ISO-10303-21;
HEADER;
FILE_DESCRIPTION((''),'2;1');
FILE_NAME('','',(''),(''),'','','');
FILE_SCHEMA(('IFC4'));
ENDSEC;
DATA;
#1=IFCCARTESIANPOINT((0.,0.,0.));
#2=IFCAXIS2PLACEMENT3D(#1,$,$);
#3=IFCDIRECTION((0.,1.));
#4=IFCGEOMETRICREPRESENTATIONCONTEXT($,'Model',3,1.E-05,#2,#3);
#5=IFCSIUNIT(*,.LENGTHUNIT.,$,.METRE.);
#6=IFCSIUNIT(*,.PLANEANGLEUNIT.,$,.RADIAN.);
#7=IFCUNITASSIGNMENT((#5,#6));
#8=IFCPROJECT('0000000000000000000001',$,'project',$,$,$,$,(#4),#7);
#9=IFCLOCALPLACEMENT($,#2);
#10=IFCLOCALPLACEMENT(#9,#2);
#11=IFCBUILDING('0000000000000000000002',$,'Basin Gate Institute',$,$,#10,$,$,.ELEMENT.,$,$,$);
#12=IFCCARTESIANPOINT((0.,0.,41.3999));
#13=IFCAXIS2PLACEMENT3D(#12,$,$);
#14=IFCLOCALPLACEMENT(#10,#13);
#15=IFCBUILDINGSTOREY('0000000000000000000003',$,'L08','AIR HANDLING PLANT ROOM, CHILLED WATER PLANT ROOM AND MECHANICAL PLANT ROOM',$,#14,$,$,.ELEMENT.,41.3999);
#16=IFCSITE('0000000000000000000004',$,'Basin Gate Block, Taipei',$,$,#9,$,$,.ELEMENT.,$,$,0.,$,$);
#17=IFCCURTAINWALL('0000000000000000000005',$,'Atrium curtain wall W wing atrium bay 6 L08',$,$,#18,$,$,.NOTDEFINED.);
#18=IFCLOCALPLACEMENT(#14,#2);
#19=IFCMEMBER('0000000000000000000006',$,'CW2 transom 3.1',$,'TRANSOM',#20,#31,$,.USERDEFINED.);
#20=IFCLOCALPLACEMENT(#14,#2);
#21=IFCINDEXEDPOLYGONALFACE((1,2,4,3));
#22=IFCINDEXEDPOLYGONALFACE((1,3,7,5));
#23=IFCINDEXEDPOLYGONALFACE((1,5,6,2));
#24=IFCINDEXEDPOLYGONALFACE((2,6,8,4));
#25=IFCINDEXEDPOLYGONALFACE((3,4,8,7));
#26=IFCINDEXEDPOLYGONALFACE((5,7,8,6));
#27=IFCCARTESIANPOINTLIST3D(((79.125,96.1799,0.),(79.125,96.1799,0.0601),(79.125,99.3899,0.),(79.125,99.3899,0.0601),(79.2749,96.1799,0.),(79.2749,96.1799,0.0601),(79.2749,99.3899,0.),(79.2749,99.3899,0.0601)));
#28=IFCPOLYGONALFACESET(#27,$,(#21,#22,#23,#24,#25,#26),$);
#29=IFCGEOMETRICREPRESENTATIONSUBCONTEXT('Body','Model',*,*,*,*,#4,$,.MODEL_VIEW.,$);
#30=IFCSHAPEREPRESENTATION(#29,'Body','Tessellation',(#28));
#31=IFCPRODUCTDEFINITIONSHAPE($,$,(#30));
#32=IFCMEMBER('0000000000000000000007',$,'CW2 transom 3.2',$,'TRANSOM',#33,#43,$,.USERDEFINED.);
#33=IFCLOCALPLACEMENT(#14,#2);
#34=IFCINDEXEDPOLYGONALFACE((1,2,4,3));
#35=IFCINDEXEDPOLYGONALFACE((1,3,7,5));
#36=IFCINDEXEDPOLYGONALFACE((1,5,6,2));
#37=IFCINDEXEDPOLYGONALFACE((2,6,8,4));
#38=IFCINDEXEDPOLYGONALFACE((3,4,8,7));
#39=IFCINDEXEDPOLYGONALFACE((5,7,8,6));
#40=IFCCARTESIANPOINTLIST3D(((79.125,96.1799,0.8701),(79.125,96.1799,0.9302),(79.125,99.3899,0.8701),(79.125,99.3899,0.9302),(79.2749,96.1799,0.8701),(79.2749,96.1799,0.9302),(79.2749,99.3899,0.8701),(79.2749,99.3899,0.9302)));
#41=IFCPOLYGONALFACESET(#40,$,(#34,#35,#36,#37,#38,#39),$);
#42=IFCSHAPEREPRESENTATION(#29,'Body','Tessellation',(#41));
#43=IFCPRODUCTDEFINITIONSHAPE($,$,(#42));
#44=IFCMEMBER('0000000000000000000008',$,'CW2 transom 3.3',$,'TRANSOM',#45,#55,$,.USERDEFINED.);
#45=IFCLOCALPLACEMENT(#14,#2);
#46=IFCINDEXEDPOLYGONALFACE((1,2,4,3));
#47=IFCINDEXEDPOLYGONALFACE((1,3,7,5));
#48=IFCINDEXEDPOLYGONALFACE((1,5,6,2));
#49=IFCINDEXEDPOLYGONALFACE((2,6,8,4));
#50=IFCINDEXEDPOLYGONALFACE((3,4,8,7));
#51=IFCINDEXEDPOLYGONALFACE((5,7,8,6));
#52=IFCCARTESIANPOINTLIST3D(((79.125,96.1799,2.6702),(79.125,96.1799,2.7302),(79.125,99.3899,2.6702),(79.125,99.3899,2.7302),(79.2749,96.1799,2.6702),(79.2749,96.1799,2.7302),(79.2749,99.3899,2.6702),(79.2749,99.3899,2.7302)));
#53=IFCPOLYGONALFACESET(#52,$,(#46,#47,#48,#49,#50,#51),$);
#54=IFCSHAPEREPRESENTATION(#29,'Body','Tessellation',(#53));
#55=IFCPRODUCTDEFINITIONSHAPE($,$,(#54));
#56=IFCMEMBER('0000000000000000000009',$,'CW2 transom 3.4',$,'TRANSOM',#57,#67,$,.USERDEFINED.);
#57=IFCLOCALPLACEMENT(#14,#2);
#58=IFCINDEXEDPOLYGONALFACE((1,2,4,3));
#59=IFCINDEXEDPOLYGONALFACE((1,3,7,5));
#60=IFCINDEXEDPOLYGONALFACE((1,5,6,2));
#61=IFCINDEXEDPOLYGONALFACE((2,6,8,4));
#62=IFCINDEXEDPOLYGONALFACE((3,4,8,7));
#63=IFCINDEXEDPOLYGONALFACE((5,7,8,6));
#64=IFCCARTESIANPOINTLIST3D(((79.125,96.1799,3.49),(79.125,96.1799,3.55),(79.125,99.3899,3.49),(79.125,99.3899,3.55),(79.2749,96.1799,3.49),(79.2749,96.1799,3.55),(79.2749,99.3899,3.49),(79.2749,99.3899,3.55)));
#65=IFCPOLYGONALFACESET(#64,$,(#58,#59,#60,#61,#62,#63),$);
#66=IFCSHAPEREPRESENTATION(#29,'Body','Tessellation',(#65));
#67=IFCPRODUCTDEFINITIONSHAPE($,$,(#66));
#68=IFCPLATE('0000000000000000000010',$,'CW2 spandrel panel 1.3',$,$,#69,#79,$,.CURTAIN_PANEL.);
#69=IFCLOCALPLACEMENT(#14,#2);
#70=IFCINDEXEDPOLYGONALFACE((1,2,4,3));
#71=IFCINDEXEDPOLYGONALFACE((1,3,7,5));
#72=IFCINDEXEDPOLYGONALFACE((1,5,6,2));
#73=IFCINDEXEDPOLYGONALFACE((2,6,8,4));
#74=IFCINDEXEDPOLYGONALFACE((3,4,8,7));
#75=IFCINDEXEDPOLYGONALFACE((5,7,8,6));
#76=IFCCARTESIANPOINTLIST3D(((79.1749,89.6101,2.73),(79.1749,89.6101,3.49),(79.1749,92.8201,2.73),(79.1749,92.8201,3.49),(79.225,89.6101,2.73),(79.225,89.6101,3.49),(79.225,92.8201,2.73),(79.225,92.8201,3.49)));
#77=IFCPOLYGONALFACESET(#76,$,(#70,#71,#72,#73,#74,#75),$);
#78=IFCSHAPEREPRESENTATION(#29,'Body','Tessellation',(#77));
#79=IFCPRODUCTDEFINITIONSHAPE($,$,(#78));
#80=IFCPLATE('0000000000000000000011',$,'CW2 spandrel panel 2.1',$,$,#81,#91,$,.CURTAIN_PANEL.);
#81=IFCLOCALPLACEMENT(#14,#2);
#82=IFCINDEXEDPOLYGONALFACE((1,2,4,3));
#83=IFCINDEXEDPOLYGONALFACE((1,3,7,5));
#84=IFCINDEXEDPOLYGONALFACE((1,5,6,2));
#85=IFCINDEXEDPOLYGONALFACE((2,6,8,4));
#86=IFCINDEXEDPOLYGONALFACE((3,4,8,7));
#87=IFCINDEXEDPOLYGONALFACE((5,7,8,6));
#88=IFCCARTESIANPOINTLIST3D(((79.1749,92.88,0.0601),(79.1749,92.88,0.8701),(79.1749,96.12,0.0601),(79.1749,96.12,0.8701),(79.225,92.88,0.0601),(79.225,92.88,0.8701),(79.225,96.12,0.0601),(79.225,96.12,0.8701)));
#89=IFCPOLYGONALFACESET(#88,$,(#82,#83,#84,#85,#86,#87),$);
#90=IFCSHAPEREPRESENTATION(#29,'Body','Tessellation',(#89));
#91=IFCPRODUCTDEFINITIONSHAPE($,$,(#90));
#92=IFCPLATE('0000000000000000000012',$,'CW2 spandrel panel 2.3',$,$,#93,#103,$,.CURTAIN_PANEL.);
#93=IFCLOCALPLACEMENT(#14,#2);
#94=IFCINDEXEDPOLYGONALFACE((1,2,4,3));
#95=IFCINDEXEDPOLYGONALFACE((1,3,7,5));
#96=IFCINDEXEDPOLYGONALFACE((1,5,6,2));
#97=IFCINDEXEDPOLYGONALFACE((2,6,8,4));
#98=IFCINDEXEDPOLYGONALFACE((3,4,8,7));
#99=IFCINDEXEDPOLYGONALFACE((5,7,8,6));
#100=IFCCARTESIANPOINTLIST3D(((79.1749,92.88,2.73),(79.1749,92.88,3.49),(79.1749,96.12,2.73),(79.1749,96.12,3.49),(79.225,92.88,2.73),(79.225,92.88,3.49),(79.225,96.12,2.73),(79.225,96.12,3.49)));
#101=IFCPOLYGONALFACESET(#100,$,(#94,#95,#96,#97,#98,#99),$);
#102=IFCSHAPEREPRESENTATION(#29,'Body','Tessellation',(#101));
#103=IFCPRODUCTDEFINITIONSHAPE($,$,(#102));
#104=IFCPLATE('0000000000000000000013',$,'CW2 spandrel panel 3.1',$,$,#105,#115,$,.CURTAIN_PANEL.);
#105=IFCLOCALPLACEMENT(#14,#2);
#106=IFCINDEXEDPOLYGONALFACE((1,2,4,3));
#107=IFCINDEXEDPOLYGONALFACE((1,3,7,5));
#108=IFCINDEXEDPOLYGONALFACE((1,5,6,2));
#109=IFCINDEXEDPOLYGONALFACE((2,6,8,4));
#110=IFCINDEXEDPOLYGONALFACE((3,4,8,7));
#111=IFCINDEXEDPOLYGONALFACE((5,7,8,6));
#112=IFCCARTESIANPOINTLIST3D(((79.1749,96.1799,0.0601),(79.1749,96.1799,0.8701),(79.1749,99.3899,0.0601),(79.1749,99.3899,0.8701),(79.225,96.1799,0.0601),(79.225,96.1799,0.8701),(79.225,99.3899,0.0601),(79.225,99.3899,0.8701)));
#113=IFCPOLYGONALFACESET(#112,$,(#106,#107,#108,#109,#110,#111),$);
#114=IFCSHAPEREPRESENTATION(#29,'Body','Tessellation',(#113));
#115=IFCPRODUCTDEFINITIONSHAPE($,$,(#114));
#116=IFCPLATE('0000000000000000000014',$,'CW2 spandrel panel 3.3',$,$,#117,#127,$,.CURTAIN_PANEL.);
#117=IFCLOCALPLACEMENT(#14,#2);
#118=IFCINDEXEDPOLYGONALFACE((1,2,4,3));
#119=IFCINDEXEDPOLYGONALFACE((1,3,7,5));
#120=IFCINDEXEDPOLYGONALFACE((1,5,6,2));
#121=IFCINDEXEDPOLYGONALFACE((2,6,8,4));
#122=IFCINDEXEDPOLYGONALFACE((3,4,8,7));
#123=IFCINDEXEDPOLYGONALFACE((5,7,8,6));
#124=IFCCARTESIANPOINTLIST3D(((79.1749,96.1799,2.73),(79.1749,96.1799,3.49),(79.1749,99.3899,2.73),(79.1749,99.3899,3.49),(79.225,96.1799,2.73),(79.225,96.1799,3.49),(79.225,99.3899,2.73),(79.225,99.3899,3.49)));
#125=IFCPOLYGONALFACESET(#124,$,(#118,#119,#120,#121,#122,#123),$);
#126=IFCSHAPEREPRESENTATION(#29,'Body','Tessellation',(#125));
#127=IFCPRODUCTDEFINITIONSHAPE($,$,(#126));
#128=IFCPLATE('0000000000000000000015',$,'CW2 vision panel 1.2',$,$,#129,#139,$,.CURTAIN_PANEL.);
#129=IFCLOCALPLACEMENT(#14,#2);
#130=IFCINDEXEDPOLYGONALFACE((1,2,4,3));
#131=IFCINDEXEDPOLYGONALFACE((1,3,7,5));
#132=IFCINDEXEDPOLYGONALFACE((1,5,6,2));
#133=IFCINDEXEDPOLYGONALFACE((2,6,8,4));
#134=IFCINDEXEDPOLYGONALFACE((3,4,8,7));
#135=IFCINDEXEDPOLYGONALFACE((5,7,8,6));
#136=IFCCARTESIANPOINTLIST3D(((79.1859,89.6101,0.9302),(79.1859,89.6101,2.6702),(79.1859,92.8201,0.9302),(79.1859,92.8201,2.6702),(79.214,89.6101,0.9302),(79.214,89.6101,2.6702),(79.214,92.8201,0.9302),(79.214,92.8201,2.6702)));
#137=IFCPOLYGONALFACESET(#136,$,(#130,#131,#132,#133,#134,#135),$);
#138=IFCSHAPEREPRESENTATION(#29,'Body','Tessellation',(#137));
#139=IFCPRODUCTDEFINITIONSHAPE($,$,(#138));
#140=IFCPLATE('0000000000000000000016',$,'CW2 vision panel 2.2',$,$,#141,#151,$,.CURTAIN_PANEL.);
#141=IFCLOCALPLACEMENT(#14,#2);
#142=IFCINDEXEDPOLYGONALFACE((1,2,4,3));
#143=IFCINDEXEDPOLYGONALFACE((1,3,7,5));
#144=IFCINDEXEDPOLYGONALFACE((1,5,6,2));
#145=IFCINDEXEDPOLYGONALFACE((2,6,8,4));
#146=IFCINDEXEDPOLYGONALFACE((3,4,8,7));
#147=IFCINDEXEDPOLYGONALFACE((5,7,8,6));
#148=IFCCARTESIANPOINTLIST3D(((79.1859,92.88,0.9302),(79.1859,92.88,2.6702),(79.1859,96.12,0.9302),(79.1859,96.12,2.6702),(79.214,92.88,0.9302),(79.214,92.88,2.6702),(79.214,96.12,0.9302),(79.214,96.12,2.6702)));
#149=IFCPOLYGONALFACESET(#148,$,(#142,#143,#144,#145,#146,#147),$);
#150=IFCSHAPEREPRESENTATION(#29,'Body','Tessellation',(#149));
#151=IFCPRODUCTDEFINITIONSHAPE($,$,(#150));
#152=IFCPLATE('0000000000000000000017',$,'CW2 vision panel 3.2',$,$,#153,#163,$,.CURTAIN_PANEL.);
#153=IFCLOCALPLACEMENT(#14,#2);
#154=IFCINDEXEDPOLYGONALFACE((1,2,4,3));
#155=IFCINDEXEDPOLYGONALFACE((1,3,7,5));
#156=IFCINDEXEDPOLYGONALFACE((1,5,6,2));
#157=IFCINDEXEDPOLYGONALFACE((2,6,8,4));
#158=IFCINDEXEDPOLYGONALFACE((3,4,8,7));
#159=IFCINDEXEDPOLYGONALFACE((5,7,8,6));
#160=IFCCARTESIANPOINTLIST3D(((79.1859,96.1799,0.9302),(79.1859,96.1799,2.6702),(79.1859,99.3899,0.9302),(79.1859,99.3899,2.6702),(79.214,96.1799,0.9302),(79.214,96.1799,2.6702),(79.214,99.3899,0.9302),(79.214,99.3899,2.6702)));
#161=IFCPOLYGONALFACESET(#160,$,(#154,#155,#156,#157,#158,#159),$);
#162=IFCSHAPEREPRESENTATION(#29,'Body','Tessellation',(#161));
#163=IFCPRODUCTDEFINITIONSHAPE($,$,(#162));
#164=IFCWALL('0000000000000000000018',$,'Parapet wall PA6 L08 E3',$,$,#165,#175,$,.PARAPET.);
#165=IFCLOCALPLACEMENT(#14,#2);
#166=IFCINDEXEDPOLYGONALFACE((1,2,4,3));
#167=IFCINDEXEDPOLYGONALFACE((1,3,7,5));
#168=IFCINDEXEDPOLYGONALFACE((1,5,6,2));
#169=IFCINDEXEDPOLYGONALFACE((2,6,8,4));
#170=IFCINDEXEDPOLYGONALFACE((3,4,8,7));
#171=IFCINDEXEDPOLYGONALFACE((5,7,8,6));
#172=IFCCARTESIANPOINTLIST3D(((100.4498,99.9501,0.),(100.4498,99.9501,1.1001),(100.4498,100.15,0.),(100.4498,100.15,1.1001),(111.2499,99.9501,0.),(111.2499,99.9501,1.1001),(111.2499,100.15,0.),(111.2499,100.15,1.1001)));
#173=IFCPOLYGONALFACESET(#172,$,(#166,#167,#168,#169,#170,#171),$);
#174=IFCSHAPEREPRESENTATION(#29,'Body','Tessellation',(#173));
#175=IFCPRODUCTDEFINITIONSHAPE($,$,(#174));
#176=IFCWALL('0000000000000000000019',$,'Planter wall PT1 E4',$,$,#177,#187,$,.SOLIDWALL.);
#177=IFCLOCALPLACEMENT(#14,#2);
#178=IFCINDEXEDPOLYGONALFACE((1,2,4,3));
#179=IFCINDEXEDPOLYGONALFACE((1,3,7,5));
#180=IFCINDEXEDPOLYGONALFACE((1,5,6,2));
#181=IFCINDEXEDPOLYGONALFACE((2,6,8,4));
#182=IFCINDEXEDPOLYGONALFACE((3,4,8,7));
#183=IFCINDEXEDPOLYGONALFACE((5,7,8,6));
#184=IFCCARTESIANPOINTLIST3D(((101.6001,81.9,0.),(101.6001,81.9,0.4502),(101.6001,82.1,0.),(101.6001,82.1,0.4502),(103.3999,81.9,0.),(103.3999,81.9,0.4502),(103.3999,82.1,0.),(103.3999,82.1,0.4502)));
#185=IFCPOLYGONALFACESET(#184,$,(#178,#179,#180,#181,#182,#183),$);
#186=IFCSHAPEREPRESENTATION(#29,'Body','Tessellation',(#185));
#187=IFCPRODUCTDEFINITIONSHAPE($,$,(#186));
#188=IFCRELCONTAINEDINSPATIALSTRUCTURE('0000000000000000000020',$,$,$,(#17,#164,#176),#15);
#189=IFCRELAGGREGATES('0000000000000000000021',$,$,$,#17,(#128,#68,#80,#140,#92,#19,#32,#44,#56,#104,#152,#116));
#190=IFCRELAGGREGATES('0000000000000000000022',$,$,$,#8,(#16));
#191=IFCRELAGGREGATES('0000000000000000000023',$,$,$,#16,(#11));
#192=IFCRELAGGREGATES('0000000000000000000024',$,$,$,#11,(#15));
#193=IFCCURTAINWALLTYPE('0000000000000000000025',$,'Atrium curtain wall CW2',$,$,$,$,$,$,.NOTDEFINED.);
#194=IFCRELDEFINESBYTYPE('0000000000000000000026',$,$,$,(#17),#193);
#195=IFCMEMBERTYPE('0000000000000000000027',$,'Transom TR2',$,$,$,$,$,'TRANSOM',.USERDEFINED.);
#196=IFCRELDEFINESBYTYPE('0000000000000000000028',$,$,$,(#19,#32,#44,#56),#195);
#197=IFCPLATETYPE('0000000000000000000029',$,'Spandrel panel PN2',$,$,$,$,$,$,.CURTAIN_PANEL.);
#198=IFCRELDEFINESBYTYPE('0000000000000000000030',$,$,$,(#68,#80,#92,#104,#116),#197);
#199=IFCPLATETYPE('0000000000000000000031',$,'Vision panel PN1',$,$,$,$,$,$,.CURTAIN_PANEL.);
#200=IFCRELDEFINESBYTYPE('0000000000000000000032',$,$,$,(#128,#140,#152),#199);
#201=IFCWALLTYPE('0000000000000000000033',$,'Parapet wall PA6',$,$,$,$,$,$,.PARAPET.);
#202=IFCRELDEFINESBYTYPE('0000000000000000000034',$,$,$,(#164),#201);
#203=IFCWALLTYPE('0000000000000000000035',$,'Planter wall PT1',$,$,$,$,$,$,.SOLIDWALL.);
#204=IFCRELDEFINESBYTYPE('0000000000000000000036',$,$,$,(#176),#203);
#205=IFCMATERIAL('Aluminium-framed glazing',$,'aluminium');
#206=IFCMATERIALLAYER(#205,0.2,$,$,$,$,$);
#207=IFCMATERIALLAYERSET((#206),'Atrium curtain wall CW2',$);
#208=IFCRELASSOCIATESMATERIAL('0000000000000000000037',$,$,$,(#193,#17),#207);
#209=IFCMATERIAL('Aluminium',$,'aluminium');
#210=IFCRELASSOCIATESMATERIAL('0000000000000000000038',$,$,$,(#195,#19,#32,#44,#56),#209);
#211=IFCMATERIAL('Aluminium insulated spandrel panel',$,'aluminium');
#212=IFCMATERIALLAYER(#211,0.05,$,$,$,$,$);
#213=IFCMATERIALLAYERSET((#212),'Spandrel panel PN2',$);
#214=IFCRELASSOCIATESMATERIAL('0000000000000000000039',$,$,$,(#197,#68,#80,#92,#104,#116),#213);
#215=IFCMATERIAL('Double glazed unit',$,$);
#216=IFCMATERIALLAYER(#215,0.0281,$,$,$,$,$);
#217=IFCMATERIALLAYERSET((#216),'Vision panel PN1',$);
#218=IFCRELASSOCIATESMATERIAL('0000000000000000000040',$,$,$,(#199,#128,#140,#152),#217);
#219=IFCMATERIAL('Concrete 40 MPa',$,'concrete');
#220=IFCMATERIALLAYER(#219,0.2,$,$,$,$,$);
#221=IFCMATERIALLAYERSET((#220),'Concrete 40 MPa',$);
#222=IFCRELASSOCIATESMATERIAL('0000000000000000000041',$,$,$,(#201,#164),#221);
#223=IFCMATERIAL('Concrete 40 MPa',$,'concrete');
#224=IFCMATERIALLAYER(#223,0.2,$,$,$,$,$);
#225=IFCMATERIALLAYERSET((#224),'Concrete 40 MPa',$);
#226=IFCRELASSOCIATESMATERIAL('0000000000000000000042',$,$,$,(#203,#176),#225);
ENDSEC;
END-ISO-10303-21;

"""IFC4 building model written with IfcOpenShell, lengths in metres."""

from ifc_helpers import new_model, si_unit, direction, frame, frame_2d, origin, origin_2d, place, context, subcontext, project, spatial, rectangle, extrude, material, layer, layer_set, material_profile, profile_set, type_object, element, aggregate, save


model = new_model("IFC4")

# Units and contexts
model_context = context("Model", 3, precision=1e-05, world=origin(), true_north=direction((0.0, 1.0)))
body_context = subcontext(model_context, "Body", "Model", "MODEL_VIEW")
ifc_project = project(units=[si_unit("LENGTHUNIT", "METRE"), si_unit("PLANEANGLEUNIT", "RADIAN")], contexts=[model_context])

# Site, building, storey
site_placement = place(None, origin())
site = spatial("IfcSite", under=ifc_project, at=site_placement, Name="Basin Gate Block, Taipei", CompositionType="ELEMENT", RefElevation=0.0)
building_placement = place(site_placement, origin())
building = spatial("IfcBuilding", under=site, at=building_placement, Name="Basin Gate Institute", CompositionType="ELEMENT")
storey_placement = place(building_placement, frame((0.0, 0.0, 41.3999)))
storey = spatial("IfcBuildingStorey", under=building, at=storey_placement, Name="L08", Description="AIR HANDLING PLANT ROOM, CHILLED WATER PLANT ROOM AND MECHANICAL PLANT ROOM", CompositionType="ELEMENT", Elevation=41.3999)

# Curtain wall
ifc_material_1 = material(Name="Aluminium-framed glazing", Category="aluminium")
ifc_layer_1 = layer(ifc_material_1, 0.2)
ifc_layer_set_1 = layer_set([ifc_layer_1], Name="Atrium curtain wall CW2")
curtain_wall_type = type_object("IfcCurtainWallType", Name="Atrium curtain wall CW2", PredefinedType="NOTDEFINED", material=ifc_layer_set_1)
curtain_wall_placement = place(storey_placement, origin())
curtain_wall = element("IfcCurtainWall", 1, at=curtain_wall_placement, inside=storey, type_object=curtain_wall_type, material=ifc_layer_set_1, Name="Atrium curtain wall W wing atrium bay 6 L08", PredefinedType="NOTDEFINED")

# Members
ifc_material_2 = material(Name="Aluminium", Category="aluminium")
ifc_material_profile_1 = material_profile(ifc_material_2, rectangle(XDim=0.1499, YDim=0.0601, at=origin_2d()), Name="Transom TR2 150 x 60")
ifc_profile_set_1 = profile_set([ifc_material_profile_1], Name="Aluminium")
member_type_1 = type_object("IfcMemberType", Name="Transom TR2", ElementType="TRANSOM", PredefinedType="USERDEFINED", material=ifc_profile_set_1)
member_1_placement = place(storey_placement, frame((79.2, 96.1799, 0.03), z_axis=(0.0, 1.0, 0.0), x_axis=(-1.0, 0.0, 0.0)))
member_1 = element("IfcMember", 2, at=member_1_placement, type_object=member_type_1, material=ifc_profile_set_1, Name="CW2 transom 3.1", ObjectType="TRANSOM", PredefinedType="USERDEFINED", context=body_context, shape_type="SweptSolid", body=[
    extrude(rectangle(XDim=0.1499, YDim=0.0601, at=origin_2d()), origin(), (0.0, 0.0, 1.0), 3.21),
])
member_2_placement = place(storey_placement, frame((79.2, 96.1799, 0.9001), z_axis=(0.0, 1.0, 0.0), x_axis=(-1.0, 0.0, 0.0)))
member_2 = element("IfcMember", 3, at=member_2_placement, type_object=member_type_1, material=ifc_profile_set_1, Name="CW2 transom 3.2", ObjectType="TRANSOM", PredefinedType="USERDEFINED", context=body_context, shape_type="SweptSolid", body=[
    extrude(rectangle(XDim=0.1499, YDim=0.0601, at=origin_2d()), origin(), (0.0, 0.0, 1.0), 3.21),
])
member_3_placement = place(storey_placement, frame((79.2, 96.1799, 2.7002), z_axis=(0.0, 1.0, 0.0), x_axis=(-1.0, 0.0, 0.0)))
member_3 = element("IfcMember", 4, at=member_3_placement, type_object=member_type_1, material=ifc_profile_set_1, Name="CW2 transom 3.3", ObjectType="TRANSOM", PredefinedType="USERDEFINED", context=body_context, shape_type="SweptSolid", body=[
    extrude(rectangle(XDim=0.1499, YDim=0.0601, at=origin_2d()), origin(), (0.0, 0.0, 1.0), 3.21),
])
member_4_placement = place(storey_placement, frame((79.2, 96.1799, 3.52), z_axis=(0.0, 1.0, 0.0), x_axis=(-1.0, 0.0, 0.0)))
member_4 = element("IfcMember", 5, at=member_4_placement, type_object=member_type_1, material=ifc_profile_set_1, Name="CW2 transom 3.4", ObjectType="TRANSOM", PredefinedType="USERDEFINED", context=body_context, shape_type="SweptSolid", body=[
    extrude(rectangle(XDim=0.1499, YDim=0.0601, at=origin_2d()), origin(), (0.0, 0.0, 1.0), 3.21),
])

# Plates
ifc_material_3 = material(Name="Aluminium insulated spandrel panel", Category="aluminium")
ifc_layer_2 = layer(ifc_material_3, 0.05)
ifc_layer_set_2 = layer_set([ifc_layer_2], Name="Spandrel panel PN2")
plate_type_1 = type_object("IfcPlateType", Name="Spandrel panel PN2", PredefinedType="CURTAIN_PANEL", material=ifc_layer_set_2)
plate_1_placement = place(storey_placement, frame((79.2, 91.2151, 2.73), z_axis=(0.0, 0.0, 1.0), x_axis=(0.0, 1.0, 0.0)))
plate_1 = element("IfcPlate", 6, at=plate_1_placement, type_object=plate_type_1, material=ifc_layer_set_2, Name="CW2 spandrel panel 1.3", PredefinedType="CURTAIN_PANEL", context=body_context, shape_type="SweptSolid", body=[
    extrude(rectangle(XDim=3.21, YDim=0.05, at=origin_2d()), origin(), (0.0, 0.0, 1.0), 0.76),
])
plate_2_placement = place(storey_placement, frame((79.2, 94.5, 0.0601), z_axis=(0.0, 0.0, 1.0), x_axis=(0.0, 1.0, 0.0)))
plate_2 = element("IfcPlate", 7, at=plate_2_placement, type_object=plate_type_1, material=ifc_layer_set_2, Name="CW2 spandrel panel 2.1", PredefinedType="CURTAIN_PANEL", context=body_context, shape_type="SweptSolid", body=[
    extrude(rectangle(XDim=3.24, YDim=0.05, at=origin_2d()), origin(), (0.0, 0.0, 1.0), 0.8101),
])
plate_3_placement = place(storey_placement, frame((79.2, 94.5, 2.73), z_axis=(0.0, 0.0, 1.0), x_axis=(0.0, 1.0, 0.0)))
plate_3 = element("IfcPlate", 8, at=plate_3_placement, type_object=plate_type_1, material=ifc_layer_set_2, Name="CW2 spandrel panel 2.3", PredefinedType="CURTAIN_PANEL", context=body_context, shape_type="SweptSolid", body=[
    extrude(rectangle(XDim=3.24, YDim=0.05, at=origin_2d()), origin(), (0.0, 0.0, 1.0), 0.76),
])
plate_4_placement = place(storey_placement, frame((79.2, 97.7849, 0.0601), z_axis=(0.0, 0.0, 1.0), x_axis=(0.0, 1.0, 0.0)))
plate_4 = element("IfcPlate", 9, at=plate_4_placement, type_object=plate_type_1, material=ifc_layer_set_2, Name="CW2 spandrel panel 3.1", PredefinedType="CURTAIN_PANEL", context=body_context, shape_type="SweptSolid", body=[
    extrude(rectangle(XDim=3.21, YDim=0.05, at=origin_2d()), origin(), (0.0, 0.0, 1.0), 0.8101),
])
plate_5_placement = place(storey_placement, frame((79.2, 97.7849, 2.73), z_axis=(0.0, 0.0, 1.0), x_axis=(0.0, 1.0, 0.0)))
plate_5 = element("IfcPlate", 10, at=plate_5_placement, type_object=plate_type_1, material=ifc_layer_set_2, Name="CW2 spandrel panel 3.3", PredefinedType="CURTAIN_PANEL", context=body_context, shape_type="SweptSolid", body=[
    extrude(rectangle(XDim=3.21, YDim=0.05, at=origin_2d()), origin(), (0.0, 0.0, 1.0), 0.76),
])
ifc_material_4 = material(Name="Double glazed unit")
ifc_layer_3 = layer(ifc_material_4, 0.0281)
ifc_layer_set_3 = layer_set([ifc_layer_3], Name="Vision panel PN1")
plate_type_2 = type_object("IfcPlateType", Name="Vision panel PN1", PredefinedType="CURTAIN_PANEL", material=ifc_layer_set_3)
plate_6_placement = place(storey_placement, frame((79.2, 91.2151, 0.9302), z_axis=(0.0, 0.0, 1.0), x_axis=(0.0, 1.0, 0.0)))
plate_6 = element("IfcPlate", 11, at=plate_6_placement, type_object=plate_type_2, material=ifc_layer_set_3, Name="CW2 vision panel 1.2", PredefinedType="CURTAIN_PANEL", context=body_context, shape_type="SweptSolid", body=[
    extrude(rectangle(XDim=3.21, YDim=0.0281, at=origin_2d()), origin(), (0.0, 0.0, 1.0), 1.74),
])
plate_7_placement = place(storey_placement, frame((79.2, 94.5, 0.9302), z_axis=(0.0, 0.0, 1.0), x_axis=(0.0, 1.0, 0.0)))
plate_7 = element("IfcPlate", 12, at=plate_7_placement, type_object=plate_type_2, material=ifc_layer_set_3, Name="CW2 vision panel 2.2", PredefinedType="CURTAIN_PANEL", context=body_context, shape_type="SweptSolid", body=[
    extrude(rectangle(XDim=3.24, YDim=0.0281, at=origin_2d()), origin(), (0.0, 0.0, 1.0), 1.74),
])
plate_8_placement = place(storey_placement, frame((79.2, 97.7849, 0.9302), z_axis=(0.0, 0.0, 1.0), x_axis=(0.0, 1.0, 0.0)))
plate_8 = element("IfcPlate", 13, at=plate_8_placement, type_object=plate_type_2, material=ifc_layer_set_3, Name="CW2 vision panel 3.2", PredefinedType="CURTAIN_PANEL", context=body_context, shape_type="SweptSolid", body=[
    extrude(rectangle(XDim=3.21, YDim=0.0281, at=origin_2d()), origin(), (0.0, 0.0, 1.0), 1.74),
])
aggregate(curtain_wall, [plate_6, plate_1, plate_2, plate_7, plate_3, member_1, member_2, member_3, member_4, plate_4, plate_8, plate_5])

# Walls
ifc_material_5 = material(Name="Concrete 40 MPa", Category="concrete")
ifc_layer_4 = layer(ifc_material_5, 0.2)
ifc_layer_set_4 = layer_set([ifc_layer_4], Name="Concrete 40 MPa")
wall_type_1 = type_object("IfcWallType", Name="Parapet wall PA6", PredefinedType="PARAPET", material=ifc_layer_set_4)
wall_placement = place(storey_placement, frame((100.45, 100.05, 0.0), z_axis=(0.0, 0.0, 1.0), x_axis=(1.0, 0.0, 0.0)))
element("IfcWall", 14, at=wall_placement, inside=storey, type_object=wall_type_1, material=ifc_layer_set_4, Name="Parapet wall PA6 L08 E3", PredefinedType="PARAPET", context=body_context, shape_type="SweptSolid", body=[
    extrude(rectangle(XDim=10.8, YDim=0.2, at=frame_2d((5.3999, 0.0))), origin(), (0.0, 0.0, 1.0), 1.1001),
])
ifc_material_6 = material(Name="Concrete 40 MPa", Category="concrete")
ifc_layer_5 = layer(ifc_material_6, 0.2)
ifc_layer_set_5 = layer_set([ifc_layer_5], Name="Concrete 40 MPa")
wall_type_2 = type_object("IfcWallType", Name="Planter wall PT1", PredefinedType="SOLIDWALL", material=ifc_layer_set_5)
for number, where, z_axis, x_axis, name in (
    (15, (101.6001, 82.0, 0.0), (0.0, 0.0, 1.0), (1.0, 0.0, 0.0), "Planter wall PT1 E4"),
):
    element("IfcWall", number, at=place(storey_placement, frame(where, z_axis=z_axis, x_axis=x_axis)), inside=storey, type_object=wall_type_2, material=ifc_layer_set_5, Name=name, PredefinedType="SOLIDWALL", context=body_context, shape_type="SweptSolid", body=[
        extrude(rectangle(XDim=1.7998, YDim=0.2, at=frame_2d((0.8999, 0.0))), origin(), (0.0, 0.0, 1.0), 0.4502),
    ])

save(model, "model.ifc")
